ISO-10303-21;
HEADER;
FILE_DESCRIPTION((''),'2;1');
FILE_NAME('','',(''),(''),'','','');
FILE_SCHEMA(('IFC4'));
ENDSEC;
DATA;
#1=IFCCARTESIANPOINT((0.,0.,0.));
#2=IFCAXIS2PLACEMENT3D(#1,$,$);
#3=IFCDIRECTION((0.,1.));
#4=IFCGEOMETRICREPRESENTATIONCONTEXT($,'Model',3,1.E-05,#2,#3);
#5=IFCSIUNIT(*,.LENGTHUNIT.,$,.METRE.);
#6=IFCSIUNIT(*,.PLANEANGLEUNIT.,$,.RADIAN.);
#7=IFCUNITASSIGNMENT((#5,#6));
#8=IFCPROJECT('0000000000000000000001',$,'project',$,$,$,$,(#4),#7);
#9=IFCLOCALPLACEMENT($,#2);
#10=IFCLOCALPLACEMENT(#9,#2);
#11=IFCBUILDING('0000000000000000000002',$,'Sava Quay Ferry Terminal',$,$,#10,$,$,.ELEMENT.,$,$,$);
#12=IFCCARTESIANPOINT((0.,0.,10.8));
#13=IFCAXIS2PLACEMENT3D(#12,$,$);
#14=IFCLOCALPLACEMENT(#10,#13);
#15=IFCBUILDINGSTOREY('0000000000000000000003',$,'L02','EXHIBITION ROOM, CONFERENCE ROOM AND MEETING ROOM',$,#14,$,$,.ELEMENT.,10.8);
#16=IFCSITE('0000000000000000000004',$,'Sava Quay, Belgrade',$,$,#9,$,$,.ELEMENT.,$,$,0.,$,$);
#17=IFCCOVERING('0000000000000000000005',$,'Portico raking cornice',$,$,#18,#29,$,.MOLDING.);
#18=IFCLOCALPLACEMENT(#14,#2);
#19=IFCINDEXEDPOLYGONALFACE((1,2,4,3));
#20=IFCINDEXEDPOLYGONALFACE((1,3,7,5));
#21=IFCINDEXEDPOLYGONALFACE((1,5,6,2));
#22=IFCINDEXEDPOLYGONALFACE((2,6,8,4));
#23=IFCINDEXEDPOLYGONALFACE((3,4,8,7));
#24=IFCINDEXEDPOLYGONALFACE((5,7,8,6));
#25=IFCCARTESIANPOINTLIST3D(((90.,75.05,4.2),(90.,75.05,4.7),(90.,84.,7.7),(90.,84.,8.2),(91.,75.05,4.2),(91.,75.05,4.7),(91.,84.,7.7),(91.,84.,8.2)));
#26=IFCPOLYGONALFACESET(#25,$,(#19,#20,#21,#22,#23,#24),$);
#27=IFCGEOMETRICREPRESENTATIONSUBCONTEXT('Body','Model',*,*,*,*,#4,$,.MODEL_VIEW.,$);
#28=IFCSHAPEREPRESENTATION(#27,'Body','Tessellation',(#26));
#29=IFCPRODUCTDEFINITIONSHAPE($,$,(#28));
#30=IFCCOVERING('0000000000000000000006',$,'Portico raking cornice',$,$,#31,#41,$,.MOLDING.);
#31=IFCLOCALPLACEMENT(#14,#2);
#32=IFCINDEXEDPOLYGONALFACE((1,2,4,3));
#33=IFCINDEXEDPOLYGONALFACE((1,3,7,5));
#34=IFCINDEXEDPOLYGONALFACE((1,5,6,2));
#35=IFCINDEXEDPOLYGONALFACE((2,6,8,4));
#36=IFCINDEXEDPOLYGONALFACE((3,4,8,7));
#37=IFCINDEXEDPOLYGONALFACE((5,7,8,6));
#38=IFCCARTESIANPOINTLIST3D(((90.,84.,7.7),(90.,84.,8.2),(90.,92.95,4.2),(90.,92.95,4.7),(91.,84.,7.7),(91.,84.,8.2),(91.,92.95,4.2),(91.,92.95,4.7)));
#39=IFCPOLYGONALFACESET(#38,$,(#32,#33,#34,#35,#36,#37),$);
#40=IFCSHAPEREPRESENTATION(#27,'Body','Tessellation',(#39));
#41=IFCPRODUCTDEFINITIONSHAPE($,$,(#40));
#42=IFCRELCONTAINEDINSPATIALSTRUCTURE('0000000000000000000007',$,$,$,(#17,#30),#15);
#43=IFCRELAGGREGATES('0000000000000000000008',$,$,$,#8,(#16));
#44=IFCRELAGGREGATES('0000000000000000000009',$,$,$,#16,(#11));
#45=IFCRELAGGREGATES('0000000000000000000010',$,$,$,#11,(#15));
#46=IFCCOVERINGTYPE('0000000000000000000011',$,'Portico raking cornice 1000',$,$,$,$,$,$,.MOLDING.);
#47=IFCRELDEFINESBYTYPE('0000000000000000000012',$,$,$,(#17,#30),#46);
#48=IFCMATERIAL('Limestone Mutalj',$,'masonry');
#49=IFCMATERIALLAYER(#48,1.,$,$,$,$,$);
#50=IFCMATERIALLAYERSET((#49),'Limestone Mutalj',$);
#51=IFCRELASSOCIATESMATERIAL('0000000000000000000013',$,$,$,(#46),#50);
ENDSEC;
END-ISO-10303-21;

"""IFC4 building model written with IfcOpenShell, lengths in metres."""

from ifc_helpers import new_model, si_unit, direction, frame, origin, place, context, subcontext, project, spatial, polyline, outline, extrude, material, layer, layer_set, type_object, element, save


model = new_model("IFC4")

# Units and contexts
model_context = context("Model", 3, precision=1e-05, world=origin(), true_north=direction((0.0, 1.0)))
body_context = subcontext(model_context, "Body", "Model", "MODEL_VIEW")
ifc_project = project(units=[si_unit("LENGTHUNIT", "METRE"), si_unit("PLANEANGLEUNIT", "RADIAN")], contexts=[model_context])

# Site, building, storey
site_placement = place(None, origin())
site = spatial("IfcSite", under=ifc_project, at=site_placement, Name="Sava Quay, Belgrade", CompositionType="ELEMENT", RefElevation=0.0)
building_placement = place(site_placement, origin())
building = spatial("IfcBuilding", under=site, at=building_placement, Name="Sava Quay Ferry Terminal", CompositionType="ELEMENT")
storey_placement = place(building_placement, frame((0.0, 0.0, 10.8)))
storey = spatial("IfcBuildingStorey", under=building, at=storey_placement, Name="L02", Description="EXHIBITION ROOM, CONFERENCE ROOM AND MEETING ROOM", CompositionType="ELEMENT", Elevation=10.8)

# Coverings
ifc_material_1 = material(Name="Limestone Mutalj", Category="masonry")
ifc_layer_1 = layer(ifc_material_1, 1.0)
ifc_layer_set_1 = layer_set([ifc_layer_1], Name="Limestone Mutalj")
covering_type_1 = type_object("IfcCoveringType", Name="Portico raking cornice 1000", PredefinedType="MOLDING", material=ifc_layer_set_1)
covering_1_placement = place(storey_placement, frame((91.0, 75.05, 4.2), z_axis=(1.0, 0.0, 0.0), x_axis=(0.0, 0.931319, 0.364205)))
element("IfcCovering", 1, at=covering_1_placement, inside=storey, type_object=covering_type_1, Name="Portico raking cornice", PredefinedType="MOLDING", context=body_context, shape_type="SweptSolid", body=[
    extrude(outline(polyline([(0.0, 0.0), (9.61, 0.0), (9.7921, 0.4657), (0.1821, 0.4657), (0.0, 0.0)])), origin(), (0.0, 0.0, -1.0), 1.0),
])
covering_2_placement = place(storey_placement, frame((91.0, 84.0, 7.7), z_axis=(1.0, 0.0, 0.0), x_axis=(0.0, 0.931319, -0.364205)))
element("IfcCovering", 2, at=covering_2_placement, inside=storey, type_object=covering_type_1, Name="Portico raking cornice", PredefinedType="MOLDING", context=body_context, shape_type="SweptSolid", body=[
    extrude(outline(polyline([(0.0, 0.0), (9.61, 0.0), (9.4279, 0.4657), (-0.1821, 0.4657), (0.0, 0.0)])), origin(), (0.0, 0.0, -1.0), 1.0),
])

save(model, "model.ifc")
